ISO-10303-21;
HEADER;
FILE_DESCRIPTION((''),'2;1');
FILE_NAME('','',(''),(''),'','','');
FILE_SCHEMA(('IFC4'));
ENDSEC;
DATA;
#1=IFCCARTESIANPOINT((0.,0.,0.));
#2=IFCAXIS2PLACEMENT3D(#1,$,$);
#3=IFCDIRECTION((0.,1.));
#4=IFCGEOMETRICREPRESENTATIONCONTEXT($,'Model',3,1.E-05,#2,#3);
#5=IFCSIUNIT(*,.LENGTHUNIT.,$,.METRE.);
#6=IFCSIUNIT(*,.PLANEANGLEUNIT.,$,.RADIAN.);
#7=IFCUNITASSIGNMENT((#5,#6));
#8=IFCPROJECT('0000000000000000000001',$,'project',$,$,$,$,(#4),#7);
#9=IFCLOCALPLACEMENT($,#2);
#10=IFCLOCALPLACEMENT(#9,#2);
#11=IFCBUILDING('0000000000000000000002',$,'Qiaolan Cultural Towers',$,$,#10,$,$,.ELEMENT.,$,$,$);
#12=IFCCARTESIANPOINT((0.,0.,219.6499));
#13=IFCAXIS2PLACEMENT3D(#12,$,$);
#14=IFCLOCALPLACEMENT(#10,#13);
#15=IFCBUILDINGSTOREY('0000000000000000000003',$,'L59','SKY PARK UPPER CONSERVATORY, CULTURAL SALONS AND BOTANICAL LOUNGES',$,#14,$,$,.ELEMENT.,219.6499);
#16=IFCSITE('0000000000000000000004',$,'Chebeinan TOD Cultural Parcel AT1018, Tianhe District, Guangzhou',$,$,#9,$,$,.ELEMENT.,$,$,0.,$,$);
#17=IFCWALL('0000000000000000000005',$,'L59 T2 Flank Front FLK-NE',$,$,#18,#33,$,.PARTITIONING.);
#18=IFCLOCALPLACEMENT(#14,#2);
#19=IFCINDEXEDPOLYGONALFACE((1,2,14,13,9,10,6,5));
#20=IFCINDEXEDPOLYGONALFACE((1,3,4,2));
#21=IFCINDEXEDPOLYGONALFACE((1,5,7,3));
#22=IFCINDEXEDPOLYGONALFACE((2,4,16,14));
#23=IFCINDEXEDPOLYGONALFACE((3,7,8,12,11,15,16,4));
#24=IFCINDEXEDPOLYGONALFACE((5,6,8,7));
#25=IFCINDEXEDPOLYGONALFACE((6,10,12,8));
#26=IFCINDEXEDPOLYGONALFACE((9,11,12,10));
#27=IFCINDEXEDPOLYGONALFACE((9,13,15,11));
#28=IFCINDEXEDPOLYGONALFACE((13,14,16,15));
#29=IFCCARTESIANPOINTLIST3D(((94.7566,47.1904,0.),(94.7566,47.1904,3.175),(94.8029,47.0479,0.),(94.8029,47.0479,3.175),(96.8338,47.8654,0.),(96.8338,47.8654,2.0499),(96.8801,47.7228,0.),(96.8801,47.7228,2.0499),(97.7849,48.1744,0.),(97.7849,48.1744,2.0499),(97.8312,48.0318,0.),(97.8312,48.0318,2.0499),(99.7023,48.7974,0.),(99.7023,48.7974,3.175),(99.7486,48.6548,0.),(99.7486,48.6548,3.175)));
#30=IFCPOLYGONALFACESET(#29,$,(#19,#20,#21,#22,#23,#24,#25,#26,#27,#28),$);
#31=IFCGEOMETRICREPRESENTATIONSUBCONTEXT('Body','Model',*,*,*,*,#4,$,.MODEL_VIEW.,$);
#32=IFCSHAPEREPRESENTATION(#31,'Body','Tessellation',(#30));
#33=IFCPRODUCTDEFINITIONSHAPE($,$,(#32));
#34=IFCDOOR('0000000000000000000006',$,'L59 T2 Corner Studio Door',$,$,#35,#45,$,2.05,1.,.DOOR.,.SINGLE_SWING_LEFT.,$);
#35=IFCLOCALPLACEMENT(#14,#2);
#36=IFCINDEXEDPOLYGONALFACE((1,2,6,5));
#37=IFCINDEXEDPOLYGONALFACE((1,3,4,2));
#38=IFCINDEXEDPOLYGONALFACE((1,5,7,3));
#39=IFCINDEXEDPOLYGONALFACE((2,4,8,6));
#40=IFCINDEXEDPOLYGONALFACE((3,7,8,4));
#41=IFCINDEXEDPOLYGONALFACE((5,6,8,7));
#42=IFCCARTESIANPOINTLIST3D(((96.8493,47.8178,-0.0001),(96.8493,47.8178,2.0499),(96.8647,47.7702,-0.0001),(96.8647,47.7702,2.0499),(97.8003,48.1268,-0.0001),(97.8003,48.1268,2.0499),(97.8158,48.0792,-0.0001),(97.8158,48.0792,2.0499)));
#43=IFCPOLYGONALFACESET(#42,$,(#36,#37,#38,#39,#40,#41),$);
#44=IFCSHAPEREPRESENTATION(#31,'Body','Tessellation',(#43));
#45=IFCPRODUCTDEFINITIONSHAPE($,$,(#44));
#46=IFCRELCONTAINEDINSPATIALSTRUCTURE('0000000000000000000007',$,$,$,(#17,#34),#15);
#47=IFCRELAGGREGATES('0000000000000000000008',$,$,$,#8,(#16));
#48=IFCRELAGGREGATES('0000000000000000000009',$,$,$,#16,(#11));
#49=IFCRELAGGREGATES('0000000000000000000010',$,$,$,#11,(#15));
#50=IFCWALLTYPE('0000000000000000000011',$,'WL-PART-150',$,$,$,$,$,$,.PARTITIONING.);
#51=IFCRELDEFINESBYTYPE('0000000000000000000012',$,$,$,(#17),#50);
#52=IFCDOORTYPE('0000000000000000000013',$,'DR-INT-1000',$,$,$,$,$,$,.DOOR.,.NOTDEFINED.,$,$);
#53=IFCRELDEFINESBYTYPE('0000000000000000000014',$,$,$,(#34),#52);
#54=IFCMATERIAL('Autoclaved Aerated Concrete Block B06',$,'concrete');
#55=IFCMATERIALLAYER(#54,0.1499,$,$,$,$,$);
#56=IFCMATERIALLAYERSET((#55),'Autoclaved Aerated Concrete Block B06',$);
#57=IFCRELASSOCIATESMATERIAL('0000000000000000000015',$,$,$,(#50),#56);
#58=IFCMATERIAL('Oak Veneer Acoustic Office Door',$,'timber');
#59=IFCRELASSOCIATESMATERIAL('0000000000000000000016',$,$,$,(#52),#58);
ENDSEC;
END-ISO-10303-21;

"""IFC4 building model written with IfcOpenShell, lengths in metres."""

from ifc_helpers import new_model, si_unit, direction, frame, frame_2d, origin, place, context, subcontext, project, spatial, rectangle, extrude, material, layer, layer_set, type_object, element, fill, save


model = new_model("IFC4")

# Units and contexts
model_context = context("Model", 3, precision=1e-05, world=origin(), true_north=direction((0.0, 1.0)))
body_context = subcontext(model_context, "Body", "Model", "MODEL_VIEW")
ifc_project = project(units=[si_unit("LENGTHUNIT", "METRE"), si_unit("PLANEANGLEUNIT", "RADIAN")], contexts=[model_context])

# Site, building, storey
site_placement = place(None, origin())
site = spatial("IfcSite", under=ifc_project, at=site_placement, Name="Chebeinan TOD Cultural Parcel AT1018, Tianhe District, Guangzhou", CompositionType="ELEMENT", RefElevation=0.0)
building_placement = place(site_placement, origin())
building = spatial("IfcBuilding", under=site, at=building_placement, Name="Qiaolan Cultural Towers", CompositionType="ELEMENT")
storey_placement = place(building_placement, frame((0.0, 0.0, 219.6499)))
storey = spatial("IfcBuildingStorey", under=building, at=storey_placement, Name="L59", Description="SKY PARK UPPER CONSERVATORY, CULTURAL SALONS AND BOTANICAL LOUNGES", CompositionType="ELEMENT", Elevation=219.6499)

# Shared definitions
ifc_material_1 = material(Name="Autoclaved Aerated Concrete Block B06", Category="concrete")
ifc_layer_1 = layer(ifc_material_1, 0.1499)
ifc_layer_set_1 = layer_set([ifc_layer_1], Name="Autoclaved Aerated Concrete Block B06")
wall_type_1 = type_object("IfcWallType", Name="WL-PART-150", PredefinedType="PARTITIONING", material=ifc_layer_set_1)

# Wall, opening, door
wall_1_placement = place(storey_placement, frame((94.7798, 47.1191, 0.0), z_axis=(0.0, 0.0, 1.0), x_axis=(0.951055, 0.309021, 0.0)))
wall_1 = element("IfcWall", 1, at=wall_1_placement, inside=storey, type_object=wall_type_1, Name="L59 T2 Flank Front FLK-NE", PredefinedType="PARTITIONING", context=body_context, shape_type="SweptSolid", body=[
    extrude(rectangle(XDim=5.2002, YDim=0.1499, at=frame_2d((2.6001, 0.0))), origin(), (0.0, 0.0, 1.0), 3.175),
])
opening_1_placement = place(wall_1_placement, frame((2.1841, 0.0, 0.0)))
opening_1 = element("IfcOpeningElement", 2, at=opening_1_placement, cuts=wall_1, PredefinedType="OPENING", context=body_context, shape_type="SweptSolid", body=[
    extrude(rectangle(XDim=1.0, YDim=2.05, at=frame_2d((0.5, 1.0249))), frame((0.0, 0.085, 0.0), z_axis=(0.0, -1.0, 0.0), x_axis=(1.0, 0.0, 0.0)), (0.0, 0.0, 1.0), 0.1699),
])
ifc_material_2 = material(Name="Oak Veneer Acoustic Office Door", Category="timber")
door_type_1 = type_object("IfcDoorType", Name="DR-INT-1000", OperationType="NOTDEFINED", PredefinedType="DOOR", material=ifc_material_2)
door_1_placement = place(opening_1_placement, origin())
door_1 = element("IfcDoor", 3, at=door_1_placement, inside=storey, type_object=door_type_1, Name="L59 T2 Corner Studio Door", OperationType="SINGLE_SWING_LEFT", OverallHeight=2.05, OverallWidth=1.0, PredefinedType="DOOR", context=body_context, shape_type="SweptSolid", body=[
    extrude(rectangle(XDim=1.0, YDim=2.05, at=frame_2d((0.5, 1.0249))), frame((0.0, 0.0249, 0.0), z_axis=(0.0, -1.0, 0.0), x_axis=(1.0, 0.0, 0.0)), (0.0, 0.0, 1.0), 0.05),
])
fill(opening_1, door_1)

save(model, "model.ifc")
